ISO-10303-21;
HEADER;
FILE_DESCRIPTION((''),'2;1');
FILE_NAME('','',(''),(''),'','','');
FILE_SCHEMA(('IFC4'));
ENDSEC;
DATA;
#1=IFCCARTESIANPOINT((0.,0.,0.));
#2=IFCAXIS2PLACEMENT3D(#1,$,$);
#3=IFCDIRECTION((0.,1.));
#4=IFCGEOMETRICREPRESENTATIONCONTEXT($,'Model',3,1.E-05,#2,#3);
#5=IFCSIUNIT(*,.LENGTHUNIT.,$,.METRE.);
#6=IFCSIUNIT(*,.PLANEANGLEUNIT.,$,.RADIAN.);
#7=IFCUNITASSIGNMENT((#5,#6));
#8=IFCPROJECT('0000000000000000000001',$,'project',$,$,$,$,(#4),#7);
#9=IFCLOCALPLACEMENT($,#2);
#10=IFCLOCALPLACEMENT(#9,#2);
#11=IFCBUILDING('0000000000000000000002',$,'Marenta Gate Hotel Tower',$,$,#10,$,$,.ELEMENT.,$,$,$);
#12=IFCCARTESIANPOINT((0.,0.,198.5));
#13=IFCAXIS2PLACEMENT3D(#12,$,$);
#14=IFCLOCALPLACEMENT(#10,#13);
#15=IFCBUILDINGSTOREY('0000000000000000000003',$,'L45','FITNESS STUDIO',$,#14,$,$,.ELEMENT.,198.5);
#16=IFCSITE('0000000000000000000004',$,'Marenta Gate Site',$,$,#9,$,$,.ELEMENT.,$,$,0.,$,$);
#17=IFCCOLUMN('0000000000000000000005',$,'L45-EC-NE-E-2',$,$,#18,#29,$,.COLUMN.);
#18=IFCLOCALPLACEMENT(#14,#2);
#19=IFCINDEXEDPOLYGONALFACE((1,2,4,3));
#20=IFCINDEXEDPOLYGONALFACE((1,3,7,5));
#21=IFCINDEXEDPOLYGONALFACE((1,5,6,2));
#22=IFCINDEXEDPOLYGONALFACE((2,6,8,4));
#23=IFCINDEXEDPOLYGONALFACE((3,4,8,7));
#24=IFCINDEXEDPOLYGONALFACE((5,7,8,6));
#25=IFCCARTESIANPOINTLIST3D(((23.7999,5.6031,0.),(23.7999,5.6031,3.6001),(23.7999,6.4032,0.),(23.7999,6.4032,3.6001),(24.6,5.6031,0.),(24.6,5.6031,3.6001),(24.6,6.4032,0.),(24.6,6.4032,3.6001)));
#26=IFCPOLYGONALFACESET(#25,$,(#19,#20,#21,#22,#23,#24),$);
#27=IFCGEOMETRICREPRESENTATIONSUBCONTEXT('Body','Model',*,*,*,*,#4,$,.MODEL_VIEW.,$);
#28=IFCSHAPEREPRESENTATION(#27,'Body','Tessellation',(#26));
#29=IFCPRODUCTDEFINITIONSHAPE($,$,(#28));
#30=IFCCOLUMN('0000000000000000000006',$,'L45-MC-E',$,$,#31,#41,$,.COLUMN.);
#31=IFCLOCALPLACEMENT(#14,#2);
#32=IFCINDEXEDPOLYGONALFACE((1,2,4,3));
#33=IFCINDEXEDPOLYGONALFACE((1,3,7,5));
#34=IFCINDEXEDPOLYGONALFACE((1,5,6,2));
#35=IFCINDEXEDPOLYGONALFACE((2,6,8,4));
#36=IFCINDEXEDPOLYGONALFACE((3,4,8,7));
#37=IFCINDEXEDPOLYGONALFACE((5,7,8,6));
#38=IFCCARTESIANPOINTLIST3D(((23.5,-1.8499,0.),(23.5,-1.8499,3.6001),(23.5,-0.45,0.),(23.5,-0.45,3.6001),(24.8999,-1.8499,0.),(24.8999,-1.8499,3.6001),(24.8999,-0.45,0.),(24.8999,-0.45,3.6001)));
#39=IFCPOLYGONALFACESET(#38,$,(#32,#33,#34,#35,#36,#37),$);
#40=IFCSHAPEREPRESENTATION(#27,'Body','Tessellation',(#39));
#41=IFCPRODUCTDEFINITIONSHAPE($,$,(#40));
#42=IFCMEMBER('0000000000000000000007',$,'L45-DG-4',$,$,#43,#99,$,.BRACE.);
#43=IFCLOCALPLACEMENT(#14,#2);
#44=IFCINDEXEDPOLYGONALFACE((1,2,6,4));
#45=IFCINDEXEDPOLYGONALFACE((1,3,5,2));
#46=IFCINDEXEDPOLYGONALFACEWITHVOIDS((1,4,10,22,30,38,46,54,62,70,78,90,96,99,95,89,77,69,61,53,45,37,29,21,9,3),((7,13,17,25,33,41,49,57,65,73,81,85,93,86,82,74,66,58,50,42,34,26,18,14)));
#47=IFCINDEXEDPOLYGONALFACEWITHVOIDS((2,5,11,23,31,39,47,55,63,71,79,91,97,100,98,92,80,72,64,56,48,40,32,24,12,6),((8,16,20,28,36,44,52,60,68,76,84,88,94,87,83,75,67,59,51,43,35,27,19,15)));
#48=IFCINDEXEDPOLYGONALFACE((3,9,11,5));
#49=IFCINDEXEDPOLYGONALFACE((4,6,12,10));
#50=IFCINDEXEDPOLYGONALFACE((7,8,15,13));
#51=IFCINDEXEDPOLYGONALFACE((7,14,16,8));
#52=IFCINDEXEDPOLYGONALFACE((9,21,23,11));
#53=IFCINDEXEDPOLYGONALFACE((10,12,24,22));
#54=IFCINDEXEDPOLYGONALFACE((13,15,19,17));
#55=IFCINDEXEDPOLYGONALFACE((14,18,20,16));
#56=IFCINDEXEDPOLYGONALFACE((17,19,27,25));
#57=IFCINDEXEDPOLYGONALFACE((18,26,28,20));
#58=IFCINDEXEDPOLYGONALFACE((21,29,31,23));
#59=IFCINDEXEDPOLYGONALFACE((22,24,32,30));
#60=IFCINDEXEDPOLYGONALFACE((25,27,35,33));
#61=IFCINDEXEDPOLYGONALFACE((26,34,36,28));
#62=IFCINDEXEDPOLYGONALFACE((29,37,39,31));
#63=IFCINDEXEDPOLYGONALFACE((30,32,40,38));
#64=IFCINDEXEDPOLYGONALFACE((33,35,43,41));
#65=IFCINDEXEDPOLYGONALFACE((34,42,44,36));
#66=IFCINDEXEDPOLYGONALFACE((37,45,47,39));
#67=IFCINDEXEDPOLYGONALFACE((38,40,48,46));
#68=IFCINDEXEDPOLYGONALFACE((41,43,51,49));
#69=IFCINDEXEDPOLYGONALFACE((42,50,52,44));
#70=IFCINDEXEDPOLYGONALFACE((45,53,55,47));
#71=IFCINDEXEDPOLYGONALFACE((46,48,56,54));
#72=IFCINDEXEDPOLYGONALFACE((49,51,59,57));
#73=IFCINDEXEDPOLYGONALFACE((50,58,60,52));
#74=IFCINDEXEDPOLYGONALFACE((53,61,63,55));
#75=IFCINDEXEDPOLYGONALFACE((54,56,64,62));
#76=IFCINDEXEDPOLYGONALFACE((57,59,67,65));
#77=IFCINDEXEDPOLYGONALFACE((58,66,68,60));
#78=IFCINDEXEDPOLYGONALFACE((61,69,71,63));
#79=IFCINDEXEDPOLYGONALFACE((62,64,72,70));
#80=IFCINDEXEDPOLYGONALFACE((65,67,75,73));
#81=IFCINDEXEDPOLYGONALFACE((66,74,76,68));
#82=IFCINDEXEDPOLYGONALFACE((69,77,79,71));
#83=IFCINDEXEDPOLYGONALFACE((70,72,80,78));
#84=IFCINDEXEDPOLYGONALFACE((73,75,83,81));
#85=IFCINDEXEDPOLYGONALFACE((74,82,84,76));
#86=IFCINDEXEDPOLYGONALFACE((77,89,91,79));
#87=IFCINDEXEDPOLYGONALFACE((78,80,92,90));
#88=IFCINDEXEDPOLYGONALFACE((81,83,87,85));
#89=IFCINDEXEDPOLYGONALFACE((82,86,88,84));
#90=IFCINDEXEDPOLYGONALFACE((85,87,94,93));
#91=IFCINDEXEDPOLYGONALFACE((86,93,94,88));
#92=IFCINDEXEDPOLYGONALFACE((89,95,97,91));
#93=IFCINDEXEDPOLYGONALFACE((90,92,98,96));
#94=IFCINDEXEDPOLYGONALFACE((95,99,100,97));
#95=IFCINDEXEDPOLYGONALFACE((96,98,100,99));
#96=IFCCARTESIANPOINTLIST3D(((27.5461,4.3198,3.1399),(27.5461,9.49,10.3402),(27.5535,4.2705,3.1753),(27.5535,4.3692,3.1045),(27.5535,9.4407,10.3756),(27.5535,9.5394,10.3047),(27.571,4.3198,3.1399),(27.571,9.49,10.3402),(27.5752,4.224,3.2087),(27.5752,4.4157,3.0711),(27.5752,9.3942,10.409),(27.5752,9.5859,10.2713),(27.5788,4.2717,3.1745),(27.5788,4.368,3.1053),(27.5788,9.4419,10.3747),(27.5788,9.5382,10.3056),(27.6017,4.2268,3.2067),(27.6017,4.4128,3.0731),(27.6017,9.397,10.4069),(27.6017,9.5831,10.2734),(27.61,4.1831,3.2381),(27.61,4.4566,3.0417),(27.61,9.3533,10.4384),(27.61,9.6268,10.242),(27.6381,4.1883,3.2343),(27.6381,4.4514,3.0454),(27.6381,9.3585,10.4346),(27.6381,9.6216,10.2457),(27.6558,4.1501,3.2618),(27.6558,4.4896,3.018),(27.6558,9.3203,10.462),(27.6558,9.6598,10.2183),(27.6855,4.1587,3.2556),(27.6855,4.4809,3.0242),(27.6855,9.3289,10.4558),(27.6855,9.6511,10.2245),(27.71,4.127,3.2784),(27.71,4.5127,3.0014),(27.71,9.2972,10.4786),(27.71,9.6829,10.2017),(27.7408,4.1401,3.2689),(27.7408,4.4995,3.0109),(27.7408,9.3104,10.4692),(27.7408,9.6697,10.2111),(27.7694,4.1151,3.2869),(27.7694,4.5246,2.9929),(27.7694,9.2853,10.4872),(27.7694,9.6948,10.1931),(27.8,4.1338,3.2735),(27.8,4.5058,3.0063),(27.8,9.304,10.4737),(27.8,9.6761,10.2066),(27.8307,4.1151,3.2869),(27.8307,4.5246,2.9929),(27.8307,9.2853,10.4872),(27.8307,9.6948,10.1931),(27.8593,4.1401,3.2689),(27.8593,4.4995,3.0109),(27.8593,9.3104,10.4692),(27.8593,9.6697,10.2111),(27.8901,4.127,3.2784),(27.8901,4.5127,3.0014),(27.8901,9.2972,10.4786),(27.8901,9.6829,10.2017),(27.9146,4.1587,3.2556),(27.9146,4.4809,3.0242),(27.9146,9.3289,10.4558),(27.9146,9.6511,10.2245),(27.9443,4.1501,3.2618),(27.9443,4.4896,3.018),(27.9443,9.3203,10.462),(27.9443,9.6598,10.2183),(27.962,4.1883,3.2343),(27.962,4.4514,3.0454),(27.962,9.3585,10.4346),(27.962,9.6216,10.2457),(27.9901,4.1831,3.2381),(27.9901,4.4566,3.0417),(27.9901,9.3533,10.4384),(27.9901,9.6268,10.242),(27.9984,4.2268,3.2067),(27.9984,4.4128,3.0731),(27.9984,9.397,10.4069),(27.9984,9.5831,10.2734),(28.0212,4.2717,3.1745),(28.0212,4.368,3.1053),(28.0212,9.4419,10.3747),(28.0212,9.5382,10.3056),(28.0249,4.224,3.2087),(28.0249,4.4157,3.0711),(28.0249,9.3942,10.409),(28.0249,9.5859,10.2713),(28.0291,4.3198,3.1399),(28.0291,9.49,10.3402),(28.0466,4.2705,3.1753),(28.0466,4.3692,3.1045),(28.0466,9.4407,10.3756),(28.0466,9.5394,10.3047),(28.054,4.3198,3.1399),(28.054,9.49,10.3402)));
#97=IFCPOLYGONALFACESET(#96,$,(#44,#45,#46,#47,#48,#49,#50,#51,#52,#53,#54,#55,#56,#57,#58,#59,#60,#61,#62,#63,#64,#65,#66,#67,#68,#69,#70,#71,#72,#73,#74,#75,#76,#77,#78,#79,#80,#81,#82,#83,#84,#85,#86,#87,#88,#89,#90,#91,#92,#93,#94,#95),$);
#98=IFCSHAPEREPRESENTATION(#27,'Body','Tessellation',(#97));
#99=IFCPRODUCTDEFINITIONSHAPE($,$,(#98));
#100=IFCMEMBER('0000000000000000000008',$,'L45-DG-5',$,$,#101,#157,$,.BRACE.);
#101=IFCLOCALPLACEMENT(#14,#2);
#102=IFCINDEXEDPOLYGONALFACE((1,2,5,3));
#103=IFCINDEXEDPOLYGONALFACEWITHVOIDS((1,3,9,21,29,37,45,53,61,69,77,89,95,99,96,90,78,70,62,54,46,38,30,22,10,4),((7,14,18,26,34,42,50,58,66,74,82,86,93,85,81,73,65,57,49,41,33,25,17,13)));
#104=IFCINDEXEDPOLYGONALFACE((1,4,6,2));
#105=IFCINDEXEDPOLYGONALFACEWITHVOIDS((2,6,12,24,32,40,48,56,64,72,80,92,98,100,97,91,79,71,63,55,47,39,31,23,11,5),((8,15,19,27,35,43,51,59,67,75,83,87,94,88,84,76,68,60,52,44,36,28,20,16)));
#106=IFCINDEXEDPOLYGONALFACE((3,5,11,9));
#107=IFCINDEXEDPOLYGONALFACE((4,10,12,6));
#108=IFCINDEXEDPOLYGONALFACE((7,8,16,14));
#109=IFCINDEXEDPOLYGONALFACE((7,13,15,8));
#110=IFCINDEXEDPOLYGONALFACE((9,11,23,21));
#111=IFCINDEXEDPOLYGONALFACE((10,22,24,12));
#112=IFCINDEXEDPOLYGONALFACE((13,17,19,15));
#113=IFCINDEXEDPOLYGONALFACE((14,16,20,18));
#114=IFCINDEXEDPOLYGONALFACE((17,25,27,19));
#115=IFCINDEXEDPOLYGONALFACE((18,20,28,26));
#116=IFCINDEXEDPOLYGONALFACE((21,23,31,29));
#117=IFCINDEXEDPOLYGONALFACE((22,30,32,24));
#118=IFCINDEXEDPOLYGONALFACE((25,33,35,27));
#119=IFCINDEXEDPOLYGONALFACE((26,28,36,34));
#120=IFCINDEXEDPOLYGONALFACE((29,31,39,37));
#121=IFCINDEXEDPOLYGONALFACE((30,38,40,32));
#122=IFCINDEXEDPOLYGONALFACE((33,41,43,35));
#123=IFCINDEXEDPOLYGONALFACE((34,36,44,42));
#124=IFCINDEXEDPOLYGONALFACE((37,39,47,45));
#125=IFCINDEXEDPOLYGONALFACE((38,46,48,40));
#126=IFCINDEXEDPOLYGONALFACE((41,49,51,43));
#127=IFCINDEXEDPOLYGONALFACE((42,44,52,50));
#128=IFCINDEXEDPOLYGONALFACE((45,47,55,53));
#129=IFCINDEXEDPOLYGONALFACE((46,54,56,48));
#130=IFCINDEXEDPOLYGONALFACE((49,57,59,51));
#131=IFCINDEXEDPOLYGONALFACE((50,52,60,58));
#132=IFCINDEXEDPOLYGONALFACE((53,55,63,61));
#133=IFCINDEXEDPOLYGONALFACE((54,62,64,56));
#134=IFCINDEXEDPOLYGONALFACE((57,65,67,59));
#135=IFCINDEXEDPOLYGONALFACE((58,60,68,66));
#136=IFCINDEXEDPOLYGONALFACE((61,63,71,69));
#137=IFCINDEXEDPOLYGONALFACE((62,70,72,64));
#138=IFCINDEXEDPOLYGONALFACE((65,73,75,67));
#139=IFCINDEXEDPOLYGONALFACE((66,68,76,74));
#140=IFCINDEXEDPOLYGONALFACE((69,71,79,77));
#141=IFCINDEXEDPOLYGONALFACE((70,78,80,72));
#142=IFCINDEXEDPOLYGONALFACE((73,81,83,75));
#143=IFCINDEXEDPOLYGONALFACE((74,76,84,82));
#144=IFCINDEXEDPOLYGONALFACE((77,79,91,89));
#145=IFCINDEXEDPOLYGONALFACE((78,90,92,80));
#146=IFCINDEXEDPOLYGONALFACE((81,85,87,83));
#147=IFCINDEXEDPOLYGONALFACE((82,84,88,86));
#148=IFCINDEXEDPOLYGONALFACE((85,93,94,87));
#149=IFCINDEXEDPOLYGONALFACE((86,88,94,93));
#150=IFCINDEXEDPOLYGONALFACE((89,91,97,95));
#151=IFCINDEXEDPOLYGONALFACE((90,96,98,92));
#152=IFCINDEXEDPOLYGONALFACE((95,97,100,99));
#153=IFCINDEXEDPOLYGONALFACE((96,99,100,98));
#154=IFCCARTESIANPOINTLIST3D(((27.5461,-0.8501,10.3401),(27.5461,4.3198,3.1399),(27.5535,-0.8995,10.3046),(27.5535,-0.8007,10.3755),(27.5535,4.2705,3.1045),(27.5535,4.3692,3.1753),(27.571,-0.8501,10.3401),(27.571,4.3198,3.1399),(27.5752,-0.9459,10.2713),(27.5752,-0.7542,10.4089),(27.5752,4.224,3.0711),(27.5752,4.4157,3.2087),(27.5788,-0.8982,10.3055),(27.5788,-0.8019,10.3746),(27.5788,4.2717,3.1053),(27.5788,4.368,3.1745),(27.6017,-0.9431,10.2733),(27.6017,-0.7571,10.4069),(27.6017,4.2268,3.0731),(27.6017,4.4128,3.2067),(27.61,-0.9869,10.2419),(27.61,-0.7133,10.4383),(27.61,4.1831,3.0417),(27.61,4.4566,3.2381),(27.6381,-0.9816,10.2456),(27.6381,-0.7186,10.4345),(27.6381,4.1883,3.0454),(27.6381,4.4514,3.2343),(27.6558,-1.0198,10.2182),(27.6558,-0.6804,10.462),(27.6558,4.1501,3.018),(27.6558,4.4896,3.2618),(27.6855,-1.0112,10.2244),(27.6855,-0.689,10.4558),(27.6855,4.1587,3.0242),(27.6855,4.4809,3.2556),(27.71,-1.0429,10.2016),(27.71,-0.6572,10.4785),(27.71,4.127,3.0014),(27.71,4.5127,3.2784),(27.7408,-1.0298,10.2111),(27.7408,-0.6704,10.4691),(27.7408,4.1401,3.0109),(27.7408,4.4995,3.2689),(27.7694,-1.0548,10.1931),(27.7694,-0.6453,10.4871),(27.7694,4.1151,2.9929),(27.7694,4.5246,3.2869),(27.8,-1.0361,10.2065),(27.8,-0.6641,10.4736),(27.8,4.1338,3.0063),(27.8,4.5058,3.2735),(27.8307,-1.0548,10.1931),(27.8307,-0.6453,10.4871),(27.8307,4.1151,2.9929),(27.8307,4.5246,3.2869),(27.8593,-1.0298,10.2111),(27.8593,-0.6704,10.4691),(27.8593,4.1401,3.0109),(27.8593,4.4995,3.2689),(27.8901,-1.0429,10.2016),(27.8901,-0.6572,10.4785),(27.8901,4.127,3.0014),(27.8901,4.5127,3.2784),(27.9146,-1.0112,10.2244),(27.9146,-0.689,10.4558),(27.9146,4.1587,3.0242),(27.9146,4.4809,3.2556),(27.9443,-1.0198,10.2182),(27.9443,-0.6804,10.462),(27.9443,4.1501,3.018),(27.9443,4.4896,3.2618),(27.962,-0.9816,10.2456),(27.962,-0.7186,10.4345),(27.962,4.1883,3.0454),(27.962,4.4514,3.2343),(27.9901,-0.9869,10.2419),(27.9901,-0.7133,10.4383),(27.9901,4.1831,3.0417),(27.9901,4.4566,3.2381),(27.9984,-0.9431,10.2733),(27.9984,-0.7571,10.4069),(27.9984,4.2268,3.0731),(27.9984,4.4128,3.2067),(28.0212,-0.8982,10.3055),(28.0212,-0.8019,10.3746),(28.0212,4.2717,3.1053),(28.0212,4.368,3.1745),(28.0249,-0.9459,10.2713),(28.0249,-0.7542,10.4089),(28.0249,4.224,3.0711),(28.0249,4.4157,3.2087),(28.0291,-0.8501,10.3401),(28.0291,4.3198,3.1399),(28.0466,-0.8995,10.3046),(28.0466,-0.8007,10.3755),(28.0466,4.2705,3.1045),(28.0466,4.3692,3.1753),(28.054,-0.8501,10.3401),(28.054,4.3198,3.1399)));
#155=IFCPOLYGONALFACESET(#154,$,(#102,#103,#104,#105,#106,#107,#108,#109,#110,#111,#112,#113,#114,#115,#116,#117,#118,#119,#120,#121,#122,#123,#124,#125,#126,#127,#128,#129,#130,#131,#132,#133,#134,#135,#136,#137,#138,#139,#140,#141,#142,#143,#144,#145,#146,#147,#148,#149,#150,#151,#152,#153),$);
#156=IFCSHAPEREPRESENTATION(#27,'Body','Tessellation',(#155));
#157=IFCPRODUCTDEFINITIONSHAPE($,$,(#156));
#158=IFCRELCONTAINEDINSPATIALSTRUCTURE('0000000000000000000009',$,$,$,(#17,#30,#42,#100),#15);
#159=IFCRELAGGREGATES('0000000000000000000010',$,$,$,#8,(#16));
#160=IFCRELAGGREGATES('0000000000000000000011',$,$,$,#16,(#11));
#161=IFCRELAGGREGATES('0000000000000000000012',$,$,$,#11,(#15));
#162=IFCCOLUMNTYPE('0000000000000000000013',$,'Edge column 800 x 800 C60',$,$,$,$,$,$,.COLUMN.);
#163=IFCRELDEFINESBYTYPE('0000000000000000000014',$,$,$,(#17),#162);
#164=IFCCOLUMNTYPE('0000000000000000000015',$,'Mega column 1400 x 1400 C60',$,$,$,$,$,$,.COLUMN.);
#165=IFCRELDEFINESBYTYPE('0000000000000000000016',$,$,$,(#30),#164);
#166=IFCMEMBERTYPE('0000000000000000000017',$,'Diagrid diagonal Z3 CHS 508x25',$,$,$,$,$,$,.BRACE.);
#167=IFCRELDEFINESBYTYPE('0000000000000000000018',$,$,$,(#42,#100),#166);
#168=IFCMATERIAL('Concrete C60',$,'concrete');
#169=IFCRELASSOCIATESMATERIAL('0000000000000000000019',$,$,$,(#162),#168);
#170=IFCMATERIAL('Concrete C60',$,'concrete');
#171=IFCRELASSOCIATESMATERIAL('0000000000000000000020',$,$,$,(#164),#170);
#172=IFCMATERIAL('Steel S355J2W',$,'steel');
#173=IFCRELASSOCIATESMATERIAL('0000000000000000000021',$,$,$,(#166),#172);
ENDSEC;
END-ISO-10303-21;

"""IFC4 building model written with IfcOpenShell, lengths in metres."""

from ifc_helpers import new_model, si_unit, direction, frame, origin, origin_2d, place, context, subcontext, project, spatial, rectangle, hollow_circle, extrude, material, material_profile, profile_set, type_object, element, save


model = new_model("IFC4")

# Units and contexts
model_context = context("Model", 3, precision=1e-05, world=origin(), true_north=direction((0.0, 1.0)))
body_context = subcontext(model_context, "Body", "Model", "MODEL_VIEW")
ifc_project = project(units=[si_unit("LENGTHUNIT", "METRE"), si_unit("PLANEANGLEUNIT", "RADIAN")], contexts=[model_context])

# Site, building, storey
site_placement = place(None, origin())
site = spatial("IfcSite", under=ifc_project, at=site_placement, Name="Marenta Gate Site", CompositionType="ELEMENT", RefElevation=0.0)
building_placement = place(site_placement, origin())
building = spatial("IfcBuilding", under=site, at=building_placement, Name="Marenta Gate Hotel Tower", CompositionType="ELEMENT")
storey_placement = place(building_placement, frame((0.0, 0.0, 198.5)))
storey = spatial("IfcBuildingStorey", under=building, at=storey_placement, Name="L45", Description="FITNESS STUDIO", CompositionType="ELEMENT", Elevation=198.5)

# Columns
ifc_material_1 = material(Name="Concrete C60", Category="concrete")
ifc_material_profile_1 = material_profile(ifc_material_1, rectangle(XDim=0.8, YDim=0.8, at=origin_2d()), Name="800 x 800")
ifc_profile_set_1 = profile_set([ifc_material_profile_1], Name="Concrete C60")
column_type_1 = type_object("IfcColumnType", Name="Edge column 800 x 800 C60", PredefinedType="COLUMN", material=ifc_profile_set_1)
column_1_placement = place(storey_placement, frame((24.2, 6.0032, 0.0), z_axis=(0.0, 0.0, 1.0), x_axis=(1.0, 0.0, 0.0)))
element("IfcColumn", 1, at=column_1_placement, inside=storey, type_object=column_type_1, Name="L45-EC-NE-E-2", PredefinedType="COLUMN", context=body_context, shape_type="SweptSolid", body=[
    extrude(rectangle(XDim=0.8, YDim=0.8, at=origin_2d()), origin(), (0.0, 0.0, 1.0), 3.6001),
])
ifc_material_2 = material(Name="Concrete C60", Category="concrete")
ifc_material_profile_2 = material_profile(ifc_material_2, rectangle(XDim=1.3999, YDim=1.3999, at=origin_2d()), Name="1400 x 1400")
ifc_profile_set_2 = profile_set([ifc_material_profile_2], Name="Concrete C60")
column_type_2 = type_object("IfcColumnType", Name="Mega column 1400 x 1400 C60", PredefinedType="COLUMN", material=ifc_profile_set_2)
column_2_placement = place(storey_placement, frame((24.2, -1.1499, 0.0), z_axis=(0.0, 0.0, 1.0), x_axis=(1.0, 0.0, 0.0)))
element("IfcColumn", 2, at=column_2_placement, inside=storey, type_object=column_type_2, Name="L45-MC-E", PredefinedType="COLUMN", context=body_context, shape_type="SweptSolid", body=[
    extrude(rectangle(XDim=1.3999, YDim=1.3999, at=origin_2d()), origin(), (0.0, 0.0, 1.0), 3.6001),
])

# Members
ifc_material_3 = material(Name="Steel S355J2W", Category="steel")
ifc_material_profile_3 = material_profile(ifc_material_3, hollow_circle(Radius=0.2539, WallThickness=0.0249, at=origin_2d()), Name="CHS 508x25")
ifc_profile_set_3 = profile_set([ifc_material_profile_3], Name="Steel S355J2W")
member_type_1 = type_object("IfcMemberType", Name="Diagrid diagonal Z3 CHS 508x25", PredefinedType="BRACE", material=ifc_profile_set_3)
member_1_placement = place(storey_placement, frame((27.8, 4.3198, 3.1399), z_axis=(0.0, 0.583266, 0.812281), x_axis=(-1.0, 0.0, 0.0)))
element("IfcMember", 3, at=member_1_placement, inside=storey, type_object=member_type_1, Name="L45-DG-4", PredefinedType="BRACE", context=body_context, shape_type="SweptSolid", body=[
    extrude(hollow_circle(Radius=0.2539, WallThickness=0.0249, at=origin_2d()), origin(), (0.0, 0.0, 1.0), 8.8643),
])
for number, where, z_axis, x_axis, name in (
    (4, (27.8, 4.3198, 3.1399), (0.0, -0.583248, 0.812294), (1.0, 0.0, 0.0), "L45-DG-5"),
):
    element("IfcMember", number, at=place(storey_placement, frame(where, z_axis=z_axis, x_axis=x_axis)), inside=storey, type_object=member_type_1, Name=name, PredefinedType="BRACE", context=body_context, shape_type="SweptSolid", body=[
        extrude(hollow_circle(Radius=0.2539, WallThickness=0.0249, at=origin_2d()), origin(), (0.0, 0.0, 1.0), 8.864),
    ])

save(model, "model.ifc")
